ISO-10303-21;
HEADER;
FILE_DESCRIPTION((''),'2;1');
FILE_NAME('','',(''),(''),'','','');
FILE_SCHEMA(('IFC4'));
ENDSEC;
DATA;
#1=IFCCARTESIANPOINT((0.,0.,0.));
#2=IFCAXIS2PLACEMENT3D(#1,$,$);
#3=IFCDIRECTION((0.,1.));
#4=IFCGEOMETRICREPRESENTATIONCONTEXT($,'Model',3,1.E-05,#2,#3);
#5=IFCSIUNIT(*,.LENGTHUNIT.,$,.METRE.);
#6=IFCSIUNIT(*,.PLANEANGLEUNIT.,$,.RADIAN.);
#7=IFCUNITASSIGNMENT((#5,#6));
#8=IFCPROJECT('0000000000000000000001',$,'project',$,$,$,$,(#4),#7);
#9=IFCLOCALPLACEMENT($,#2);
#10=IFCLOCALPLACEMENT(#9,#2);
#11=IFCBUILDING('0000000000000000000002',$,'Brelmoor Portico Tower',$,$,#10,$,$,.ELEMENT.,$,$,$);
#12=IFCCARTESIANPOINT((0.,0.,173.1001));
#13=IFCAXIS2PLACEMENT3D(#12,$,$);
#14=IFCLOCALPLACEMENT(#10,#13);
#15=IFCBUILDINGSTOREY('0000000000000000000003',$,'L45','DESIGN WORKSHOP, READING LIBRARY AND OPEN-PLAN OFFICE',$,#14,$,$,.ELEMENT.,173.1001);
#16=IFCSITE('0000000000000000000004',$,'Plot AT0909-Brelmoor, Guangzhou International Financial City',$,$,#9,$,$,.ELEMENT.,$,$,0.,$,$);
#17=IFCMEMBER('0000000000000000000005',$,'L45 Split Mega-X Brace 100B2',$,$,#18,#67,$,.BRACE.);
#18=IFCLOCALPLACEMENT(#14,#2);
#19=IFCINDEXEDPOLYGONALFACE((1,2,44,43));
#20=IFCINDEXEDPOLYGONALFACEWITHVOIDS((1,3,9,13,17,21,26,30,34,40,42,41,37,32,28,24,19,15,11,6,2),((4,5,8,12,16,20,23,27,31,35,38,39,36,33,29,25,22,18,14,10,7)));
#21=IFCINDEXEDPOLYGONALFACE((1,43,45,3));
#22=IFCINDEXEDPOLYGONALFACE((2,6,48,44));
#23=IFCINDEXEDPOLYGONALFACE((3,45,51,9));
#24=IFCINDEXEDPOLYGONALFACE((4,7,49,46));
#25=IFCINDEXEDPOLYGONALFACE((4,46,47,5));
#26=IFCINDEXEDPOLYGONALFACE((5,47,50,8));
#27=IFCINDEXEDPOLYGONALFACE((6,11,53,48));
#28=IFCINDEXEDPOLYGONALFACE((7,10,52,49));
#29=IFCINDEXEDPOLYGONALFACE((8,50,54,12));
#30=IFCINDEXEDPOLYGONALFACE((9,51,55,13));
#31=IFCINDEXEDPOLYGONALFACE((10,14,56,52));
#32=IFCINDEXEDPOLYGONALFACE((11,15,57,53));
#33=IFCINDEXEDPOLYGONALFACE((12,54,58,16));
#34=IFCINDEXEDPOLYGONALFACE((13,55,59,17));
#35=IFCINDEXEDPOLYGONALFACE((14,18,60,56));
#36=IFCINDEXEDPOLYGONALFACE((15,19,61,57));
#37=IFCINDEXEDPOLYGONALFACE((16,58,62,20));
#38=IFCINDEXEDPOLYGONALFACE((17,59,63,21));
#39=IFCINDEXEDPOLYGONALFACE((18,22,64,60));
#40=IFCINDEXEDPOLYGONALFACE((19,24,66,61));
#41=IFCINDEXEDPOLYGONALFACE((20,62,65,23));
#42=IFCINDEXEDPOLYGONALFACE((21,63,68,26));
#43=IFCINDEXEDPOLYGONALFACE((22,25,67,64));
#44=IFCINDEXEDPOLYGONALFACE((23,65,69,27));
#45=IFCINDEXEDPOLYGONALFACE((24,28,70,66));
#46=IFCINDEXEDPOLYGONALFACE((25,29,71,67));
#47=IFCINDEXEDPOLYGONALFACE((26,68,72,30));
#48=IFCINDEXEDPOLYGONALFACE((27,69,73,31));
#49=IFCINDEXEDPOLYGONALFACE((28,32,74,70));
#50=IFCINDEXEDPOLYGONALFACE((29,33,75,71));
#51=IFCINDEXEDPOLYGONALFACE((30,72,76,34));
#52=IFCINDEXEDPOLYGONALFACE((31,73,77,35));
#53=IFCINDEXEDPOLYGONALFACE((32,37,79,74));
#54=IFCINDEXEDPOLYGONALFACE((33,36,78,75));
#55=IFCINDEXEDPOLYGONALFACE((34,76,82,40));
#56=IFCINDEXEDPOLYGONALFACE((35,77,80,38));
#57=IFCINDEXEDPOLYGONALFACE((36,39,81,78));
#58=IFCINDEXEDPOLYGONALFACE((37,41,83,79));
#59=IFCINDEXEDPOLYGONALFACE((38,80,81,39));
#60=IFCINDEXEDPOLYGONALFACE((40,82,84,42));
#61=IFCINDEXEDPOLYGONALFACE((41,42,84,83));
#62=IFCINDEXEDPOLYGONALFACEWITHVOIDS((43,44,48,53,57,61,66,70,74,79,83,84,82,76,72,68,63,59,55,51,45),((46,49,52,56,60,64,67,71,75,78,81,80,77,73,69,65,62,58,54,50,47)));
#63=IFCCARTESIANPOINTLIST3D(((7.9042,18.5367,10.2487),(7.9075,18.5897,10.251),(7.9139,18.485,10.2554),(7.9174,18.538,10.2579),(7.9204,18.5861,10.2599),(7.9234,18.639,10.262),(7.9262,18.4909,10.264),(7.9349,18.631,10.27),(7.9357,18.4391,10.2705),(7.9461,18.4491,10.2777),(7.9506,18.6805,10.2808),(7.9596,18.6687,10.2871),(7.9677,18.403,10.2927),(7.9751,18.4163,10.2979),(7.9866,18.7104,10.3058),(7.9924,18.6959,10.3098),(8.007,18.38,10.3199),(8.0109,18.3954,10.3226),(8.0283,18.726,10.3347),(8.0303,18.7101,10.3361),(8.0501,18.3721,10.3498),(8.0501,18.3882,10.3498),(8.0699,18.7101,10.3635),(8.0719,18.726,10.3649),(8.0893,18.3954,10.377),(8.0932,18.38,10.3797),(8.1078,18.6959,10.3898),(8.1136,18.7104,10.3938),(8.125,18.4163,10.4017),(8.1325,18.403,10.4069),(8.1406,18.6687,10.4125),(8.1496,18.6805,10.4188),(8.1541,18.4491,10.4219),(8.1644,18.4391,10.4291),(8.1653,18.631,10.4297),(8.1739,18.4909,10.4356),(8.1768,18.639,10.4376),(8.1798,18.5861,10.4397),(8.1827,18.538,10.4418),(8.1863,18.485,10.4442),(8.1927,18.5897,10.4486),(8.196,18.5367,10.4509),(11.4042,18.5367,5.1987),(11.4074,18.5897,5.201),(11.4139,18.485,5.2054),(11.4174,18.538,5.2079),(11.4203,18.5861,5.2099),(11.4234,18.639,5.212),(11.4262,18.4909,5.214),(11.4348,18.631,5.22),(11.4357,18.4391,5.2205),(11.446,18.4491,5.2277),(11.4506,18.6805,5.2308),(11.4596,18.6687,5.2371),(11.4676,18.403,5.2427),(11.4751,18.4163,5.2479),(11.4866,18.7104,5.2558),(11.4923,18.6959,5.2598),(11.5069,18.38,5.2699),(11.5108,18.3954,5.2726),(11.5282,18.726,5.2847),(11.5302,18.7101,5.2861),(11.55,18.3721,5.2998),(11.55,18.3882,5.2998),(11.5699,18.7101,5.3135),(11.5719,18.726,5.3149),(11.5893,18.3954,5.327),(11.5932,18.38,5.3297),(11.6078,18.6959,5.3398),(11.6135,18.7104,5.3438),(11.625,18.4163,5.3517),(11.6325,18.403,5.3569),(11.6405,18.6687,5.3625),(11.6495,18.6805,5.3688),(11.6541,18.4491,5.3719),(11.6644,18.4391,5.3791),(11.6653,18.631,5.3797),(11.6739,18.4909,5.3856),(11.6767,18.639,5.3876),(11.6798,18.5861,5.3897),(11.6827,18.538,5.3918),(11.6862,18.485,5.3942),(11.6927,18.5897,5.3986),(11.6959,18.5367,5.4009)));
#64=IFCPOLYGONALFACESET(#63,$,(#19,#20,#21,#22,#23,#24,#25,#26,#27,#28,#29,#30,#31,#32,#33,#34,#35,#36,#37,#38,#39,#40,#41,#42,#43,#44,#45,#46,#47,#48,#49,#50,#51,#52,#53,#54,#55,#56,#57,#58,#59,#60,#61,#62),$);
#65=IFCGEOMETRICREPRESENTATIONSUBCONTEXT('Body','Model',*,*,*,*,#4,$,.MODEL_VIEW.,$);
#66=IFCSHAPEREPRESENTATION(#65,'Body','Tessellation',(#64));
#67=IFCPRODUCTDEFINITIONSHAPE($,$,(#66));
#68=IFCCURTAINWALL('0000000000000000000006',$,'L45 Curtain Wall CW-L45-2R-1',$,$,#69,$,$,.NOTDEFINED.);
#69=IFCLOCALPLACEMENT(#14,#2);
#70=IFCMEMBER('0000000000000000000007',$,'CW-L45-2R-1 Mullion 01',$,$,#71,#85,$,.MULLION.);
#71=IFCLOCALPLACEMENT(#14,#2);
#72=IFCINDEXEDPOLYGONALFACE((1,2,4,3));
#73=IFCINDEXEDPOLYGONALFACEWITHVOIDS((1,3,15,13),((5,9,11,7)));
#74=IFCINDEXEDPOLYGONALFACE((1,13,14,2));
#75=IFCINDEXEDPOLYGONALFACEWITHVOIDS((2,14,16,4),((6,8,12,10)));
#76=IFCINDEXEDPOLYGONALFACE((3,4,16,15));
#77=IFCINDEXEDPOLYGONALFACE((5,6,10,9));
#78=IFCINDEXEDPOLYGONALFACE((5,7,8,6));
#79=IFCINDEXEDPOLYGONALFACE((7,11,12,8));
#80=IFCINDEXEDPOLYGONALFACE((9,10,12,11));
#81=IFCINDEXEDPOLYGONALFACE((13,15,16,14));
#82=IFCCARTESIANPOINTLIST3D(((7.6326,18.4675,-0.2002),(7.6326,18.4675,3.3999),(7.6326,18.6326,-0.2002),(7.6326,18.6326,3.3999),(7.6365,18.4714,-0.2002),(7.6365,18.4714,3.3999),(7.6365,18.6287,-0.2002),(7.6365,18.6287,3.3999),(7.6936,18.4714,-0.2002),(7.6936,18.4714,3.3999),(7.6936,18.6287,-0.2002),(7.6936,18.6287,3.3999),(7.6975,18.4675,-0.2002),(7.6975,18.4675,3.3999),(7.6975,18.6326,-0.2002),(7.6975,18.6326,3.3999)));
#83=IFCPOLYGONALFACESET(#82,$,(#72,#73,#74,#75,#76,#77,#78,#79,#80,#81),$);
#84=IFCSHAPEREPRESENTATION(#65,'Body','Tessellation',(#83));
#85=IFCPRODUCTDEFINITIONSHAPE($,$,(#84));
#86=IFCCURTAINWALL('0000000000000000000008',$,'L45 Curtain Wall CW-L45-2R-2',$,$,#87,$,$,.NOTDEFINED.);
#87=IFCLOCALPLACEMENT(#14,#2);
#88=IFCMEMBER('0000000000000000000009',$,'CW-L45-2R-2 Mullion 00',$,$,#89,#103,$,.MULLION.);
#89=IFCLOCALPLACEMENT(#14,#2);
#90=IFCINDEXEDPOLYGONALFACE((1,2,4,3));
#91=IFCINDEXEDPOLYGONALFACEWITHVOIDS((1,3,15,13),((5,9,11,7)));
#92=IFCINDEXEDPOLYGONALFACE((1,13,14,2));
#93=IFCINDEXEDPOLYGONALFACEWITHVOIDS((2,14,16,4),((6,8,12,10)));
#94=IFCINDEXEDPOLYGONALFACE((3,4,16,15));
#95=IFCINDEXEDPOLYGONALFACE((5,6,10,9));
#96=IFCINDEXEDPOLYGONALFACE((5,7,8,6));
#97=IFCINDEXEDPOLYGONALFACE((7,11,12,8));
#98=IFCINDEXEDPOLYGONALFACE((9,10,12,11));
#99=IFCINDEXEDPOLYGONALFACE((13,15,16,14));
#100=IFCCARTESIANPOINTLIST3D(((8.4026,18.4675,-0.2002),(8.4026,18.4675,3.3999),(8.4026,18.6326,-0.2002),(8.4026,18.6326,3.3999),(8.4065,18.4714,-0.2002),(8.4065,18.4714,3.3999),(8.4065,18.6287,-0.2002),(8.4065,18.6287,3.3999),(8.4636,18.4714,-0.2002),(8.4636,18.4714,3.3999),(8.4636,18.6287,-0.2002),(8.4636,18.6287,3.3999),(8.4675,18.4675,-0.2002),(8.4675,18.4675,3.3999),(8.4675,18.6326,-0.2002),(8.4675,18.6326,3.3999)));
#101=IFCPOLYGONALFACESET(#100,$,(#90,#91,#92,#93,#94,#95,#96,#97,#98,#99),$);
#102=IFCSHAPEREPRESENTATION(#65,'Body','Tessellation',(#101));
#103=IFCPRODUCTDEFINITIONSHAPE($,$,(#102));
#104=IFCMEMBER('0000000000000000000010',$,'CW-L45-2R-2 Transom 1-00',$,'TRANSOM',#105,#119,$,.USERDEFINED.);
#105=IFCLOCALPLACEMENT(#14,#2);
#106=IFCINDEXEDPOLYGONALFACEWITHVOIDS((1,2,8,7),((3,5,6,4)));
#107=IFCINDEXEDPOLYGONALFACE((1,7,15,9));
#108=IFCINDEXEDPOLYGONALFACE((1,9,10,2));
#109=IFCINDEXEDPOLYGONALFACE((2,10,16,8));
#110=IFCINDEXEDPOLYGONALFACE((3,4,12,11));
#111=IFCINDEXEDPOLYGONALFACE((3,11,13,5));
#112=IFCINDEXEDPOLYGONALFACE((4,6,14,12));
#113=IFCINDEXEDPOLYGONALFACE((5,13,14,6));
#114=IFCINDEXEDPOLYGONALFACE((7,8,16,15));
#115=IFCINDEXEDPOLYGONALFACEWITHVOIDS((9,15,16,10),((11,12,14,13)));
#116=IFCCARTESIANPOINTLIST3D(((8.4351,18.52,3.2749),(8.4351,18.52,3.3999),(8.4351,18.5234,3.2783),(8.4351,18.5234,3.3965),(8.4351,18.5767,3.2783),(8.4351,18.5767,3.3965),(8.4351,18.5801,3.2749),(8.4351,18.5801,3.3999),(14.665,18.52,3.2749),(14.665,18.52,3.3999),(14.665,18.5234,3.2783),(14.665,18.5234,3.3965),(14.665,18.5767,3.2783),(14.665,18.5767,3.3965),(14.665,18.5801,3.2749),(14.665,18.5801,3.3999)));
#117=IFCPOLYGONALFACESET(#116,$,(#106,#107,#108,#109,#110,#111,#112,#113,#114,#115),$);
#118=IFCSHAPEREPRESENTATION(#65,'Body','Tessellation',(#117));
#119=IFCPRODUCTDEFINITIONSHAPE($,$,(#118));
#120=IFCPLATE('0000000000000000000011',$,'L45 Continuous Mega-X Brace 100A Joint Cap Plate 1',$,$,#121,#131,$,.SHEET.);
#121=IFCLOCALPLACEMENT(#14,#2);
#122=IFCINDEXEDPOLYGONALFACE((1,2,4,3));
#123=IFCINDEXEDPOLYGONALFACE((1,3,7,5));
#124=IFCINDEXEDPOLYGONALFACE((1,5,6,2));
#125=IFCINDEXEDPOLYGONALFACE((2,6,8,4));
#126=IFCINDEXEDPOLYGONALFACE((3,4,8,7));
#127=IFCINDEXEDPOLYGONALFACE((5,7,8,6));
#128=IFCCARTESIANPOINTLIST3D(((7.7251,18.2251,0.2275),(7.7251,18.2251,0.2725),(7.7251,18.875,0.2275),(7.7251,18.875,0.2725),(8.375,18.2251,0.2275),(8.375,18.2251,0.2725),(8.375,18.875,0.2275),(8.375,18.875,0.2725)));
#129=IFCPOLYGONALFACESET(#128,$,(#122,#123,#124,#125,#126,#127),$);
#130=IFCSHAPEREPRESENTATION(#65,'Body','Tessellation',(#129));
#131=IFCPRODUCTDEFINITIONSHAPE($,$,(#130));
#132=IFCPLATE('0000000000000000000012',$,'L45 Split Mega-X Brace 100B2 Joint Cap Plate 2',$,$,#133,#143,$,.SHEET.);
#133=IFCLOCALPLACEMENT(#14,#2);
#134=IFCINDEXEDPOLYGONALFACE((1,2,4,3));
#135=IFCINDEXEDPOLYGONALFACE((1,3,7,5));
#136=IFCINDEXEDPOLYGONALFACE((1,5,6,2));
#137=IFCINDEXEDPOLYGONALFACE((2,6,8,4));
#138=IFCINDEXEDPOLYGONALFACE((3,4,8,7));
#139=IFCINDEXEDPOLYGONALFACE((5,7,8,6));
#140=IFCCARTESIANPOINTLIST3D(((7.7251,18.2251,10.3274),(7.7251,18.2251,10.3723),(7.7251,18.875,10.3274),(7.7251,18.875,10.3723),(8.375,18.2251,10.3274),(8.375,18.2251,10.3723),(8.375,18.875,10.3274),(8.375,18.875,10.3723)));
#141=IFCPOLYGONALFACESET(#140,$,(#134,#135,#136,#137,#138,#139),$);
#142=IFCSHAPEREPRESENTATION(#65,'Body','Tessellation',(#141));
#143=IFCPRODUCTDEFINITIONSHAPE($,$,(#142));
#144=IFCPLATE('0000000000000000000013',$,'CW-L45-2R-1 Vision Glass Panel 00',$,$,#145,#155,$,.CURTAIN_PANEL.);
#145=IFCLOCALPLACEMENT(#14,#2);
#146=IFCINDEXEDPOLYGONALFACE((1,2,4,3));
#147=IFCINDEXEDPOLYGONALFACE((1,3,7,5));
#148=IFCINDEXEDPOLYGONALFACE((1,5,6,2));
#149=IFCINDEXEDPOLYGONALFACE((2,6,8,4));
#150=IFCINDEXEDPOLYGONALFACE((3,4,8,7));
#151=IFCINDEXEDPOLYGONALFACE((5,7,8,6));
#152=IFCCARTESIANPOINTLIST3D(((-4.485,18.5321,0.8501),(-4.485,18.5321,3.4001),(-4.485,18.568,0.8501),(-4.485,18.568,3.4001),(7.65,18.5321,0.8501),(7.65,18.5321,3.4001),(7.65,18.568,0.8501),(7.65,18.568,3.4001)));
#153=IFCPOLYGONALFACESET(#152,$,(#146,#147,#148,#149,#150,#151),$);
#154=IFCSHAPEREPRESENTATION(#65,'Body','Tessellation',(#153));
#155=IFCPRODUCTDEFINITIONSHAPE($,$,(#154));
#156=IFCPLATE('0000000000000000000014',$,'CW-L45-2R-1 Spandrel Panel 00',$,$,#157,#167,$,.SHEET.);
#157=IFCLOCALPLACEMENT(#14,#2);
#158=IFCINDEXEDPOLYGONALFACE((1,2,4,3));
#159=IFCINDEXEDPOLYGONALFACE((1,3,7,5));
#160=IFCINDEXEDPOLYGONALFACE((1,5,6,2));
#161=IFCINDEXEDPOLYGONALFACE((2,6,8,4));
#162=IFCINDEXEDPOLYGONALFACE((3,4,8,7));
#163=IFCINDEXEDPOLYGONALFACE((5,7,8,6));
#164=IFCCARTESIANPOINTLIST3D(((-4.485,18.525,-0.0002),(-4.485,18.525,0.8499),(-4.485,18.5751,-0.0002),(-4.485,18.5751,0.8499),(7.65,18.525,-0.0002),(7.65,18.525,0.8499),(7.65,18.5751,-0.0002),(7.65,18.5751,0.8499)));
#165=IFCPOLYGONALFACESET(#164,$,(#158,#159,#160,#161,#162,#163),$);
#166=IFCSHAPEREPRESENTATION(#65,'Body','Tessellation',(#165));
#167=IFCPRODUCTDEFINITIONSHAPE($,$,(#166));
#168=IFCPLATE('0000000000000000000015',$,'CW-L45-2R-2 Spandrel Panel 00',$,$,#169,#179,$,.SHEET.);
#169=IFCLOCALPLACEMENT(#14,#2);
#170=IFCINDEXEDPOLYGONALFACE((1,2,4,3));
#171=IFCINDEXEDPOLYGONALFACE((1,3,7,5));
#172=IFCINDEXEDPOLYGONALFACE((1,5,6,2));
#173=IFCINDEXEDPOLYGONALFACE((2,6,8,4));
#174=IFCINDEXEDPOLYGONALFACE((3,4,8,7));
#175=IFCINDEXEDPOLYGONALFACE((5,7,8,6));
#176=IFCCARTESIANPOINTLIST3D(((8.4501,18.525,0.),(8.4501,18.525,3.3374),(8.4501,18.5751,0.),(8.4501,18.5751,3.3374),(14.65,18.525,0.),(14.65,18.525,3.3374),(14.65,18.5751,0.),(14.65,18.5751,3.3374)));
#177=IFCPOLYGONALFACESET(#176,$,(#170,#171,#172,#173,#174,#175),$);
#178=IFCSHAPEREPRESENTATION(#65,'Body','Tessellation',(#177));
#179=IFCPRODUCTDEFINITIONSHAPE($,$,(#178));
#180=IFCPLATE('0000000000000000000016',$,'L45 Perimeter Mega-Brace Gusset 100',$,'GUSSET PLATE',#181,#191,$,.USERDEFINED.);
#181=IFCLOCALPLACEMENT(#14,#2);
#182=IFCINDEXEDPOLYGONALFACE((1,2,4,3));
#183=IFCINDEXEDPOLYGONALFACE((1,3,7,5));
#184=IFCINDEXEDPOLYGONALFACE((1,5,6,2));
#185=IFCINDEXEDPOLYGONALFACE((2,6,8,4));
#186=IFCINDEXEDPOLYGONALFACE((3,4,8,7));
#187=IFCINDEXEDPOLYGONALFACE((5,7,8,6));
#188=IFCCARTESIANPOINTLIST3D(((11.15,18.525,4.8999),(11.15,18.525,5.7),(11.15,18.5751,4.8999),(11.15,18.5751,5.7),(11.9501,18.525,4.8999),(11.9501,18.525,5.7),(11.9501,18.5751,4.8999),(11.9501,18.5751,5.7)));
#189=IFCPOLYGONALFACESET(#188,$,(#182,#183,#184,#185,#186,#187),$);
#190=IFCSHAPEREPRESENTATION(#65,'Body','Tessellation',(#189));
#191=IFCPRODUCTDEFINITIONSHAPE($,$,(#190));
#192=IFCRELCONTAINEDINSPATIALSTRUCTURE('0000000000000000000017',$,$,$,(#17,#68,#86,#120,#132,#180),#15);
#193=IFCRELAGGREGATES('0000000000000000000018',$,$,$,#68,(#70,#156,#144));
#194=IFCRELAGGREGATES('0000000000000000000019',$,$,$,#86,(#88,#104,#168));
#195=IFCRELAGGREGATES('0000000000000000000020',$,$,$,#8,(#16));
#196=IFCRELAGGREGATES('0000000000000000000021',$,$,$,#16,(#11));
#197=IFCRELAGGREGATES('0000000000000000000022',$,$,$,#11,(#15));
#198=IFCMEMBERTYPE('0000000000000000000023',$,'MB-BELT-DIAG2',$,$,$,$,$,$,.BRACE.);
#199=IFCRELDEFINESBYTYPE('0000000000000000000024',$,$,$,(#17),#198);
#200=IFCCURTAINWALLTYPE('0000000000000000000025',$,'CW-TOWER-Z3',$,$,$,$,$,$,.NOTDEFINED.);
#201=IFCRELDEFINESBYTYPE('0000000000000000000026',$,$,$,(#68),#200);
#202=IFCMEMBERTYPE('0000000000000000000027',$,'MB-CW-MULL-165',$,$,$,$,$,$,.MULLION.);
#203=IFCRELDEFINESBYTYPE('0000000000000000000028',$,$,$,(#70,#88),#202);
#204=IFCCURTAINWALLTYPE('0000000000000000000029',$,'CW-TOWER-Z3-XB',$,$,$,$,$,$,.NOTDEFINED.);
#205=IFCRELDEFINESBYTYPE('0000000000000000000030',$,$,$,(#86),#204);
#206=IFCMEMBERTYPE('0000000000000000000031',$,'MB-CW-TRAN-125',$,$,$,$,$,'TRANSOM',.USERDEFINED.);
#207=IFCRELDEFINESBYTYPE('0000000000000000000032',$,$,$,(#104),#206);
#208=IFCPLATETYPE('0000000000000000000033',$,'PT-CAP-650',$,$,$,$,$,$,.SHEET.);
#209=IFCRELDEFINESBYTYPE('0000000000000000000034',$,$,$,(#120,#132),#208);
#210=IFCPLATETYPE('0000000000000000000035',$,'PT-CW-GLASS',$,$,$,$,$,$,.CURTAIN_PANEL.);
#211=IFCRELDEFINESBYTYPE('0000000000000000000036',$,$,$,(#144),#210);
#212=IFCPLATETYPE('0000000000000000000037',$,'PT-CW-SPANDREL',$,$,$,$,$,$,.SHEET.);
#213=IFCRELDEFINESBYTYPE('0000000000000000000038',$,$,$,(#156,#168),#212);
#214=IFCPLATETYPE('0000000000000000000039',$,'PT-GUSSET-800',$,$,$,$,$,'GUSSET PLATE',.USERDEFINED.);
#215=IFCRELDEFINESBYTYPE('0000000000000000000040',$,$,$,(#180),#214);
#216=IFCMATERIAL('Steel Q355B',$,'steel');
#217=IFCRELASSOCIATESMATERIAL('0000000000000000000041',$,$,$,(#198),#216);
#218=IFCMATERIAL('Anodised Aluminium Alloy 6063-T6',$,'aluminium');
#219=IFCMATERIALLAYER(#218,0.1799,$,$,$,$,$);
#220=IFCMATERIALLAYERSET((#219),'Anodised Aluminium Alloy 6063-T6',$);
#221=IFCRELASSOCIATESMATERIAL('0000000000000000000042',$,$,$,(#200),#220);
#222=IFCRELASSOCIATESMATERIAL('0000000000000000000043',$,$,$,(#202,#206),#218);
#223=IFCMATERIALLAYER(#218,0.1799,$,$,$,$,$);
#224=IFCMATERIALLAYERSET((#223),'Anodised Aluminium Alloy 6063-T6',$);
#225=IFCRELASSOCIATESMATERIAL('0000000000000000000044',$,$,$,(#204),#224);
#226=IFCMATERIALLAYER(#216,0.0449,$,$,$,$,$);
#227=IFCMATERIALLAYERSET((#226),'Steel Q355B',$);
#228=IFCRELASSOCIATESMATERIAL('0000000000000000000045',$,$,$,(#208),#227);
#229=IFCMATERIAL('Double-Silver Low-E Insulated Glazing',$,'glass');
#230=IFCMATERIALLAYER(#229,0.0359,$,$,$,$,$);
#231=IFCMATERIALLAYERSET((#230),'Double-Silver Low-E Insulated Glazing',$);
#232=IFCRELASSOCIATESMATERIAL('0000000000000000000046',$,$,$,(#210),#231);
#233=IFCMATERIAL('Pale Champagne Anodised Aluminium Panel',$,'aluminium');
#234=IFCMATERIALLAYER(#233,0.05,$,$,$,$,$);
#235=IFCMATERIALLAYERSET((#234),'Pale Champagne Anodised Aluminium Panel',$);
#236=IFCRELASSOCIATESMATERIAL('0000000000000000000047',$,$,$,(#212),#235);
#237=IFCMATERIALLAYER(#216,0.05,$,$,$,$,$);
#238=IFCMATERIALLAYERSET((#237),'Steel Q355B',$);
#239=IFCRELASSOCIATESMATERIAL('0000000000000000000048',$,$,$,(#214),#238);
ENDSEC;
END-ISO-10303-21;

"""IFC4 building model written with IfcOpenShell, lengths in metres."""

from ifc_helpers import new_model, si_unit, direction, frame, origin, origin_2d, place, context, subcontext, project, spatial, rectangle, hollow_rectangle, hollow_circle, extrude, material, layer, layer_set, material_profile, profile_set, type_object, element, aggregate, save


model = new_model("IFC4")

# Units and contexts
model_context = context("Model", 3, precision=1e-05, world=origin(), true_north=direction((0.0, 1.0)))
body_context = subcontext(model_context, "Body", "Model", "MODEL_VIEW")
ifc_project = project(units=[si_unit("LENGTHUNIT", "METRE"), si_unit("PLANEANGLEUNIT", "RADIAN")], contexts=[model_context])

# Site, building, storey
site_placement = place(None, origin())
site = spatial("IfcSite", under=ifc_project, at=site_placement, Name="Plot AT0909-Brelmoor, Guangzhou International Financial City", CompositionType="ELEMENT", RefElevation=0.0)
building_placement = place(site_placement, origin())
building = spatial("IfcBuilding", under=site, at=building_placement, Name="Brelmoor Portico Tower", CompositionType="ELEMENT")
storey_placement = place(building_placement, frame((0.0, 0.0, 173.1001)))
storey = spatial("IfcBuildingStorey", under=building, at=storey_placement, Name="L45", Description="DESIGN WORKSHOP, READING LIBRARY AND OPEN-PLAN OFFICE", CompositionType="ELEMENT", Elevation=173.1001)

# Shared definitions
ifc_material_1 = material(Name="Steel Q355B", Category="steel")

# Member
ifc_material_profile_1 = material_profile(ifc_material_1, hollow_circle(Radius=0.178, WallThickness=0.0161, at=origin_2d()), Name="CHS 356x16")
ifc_profile_set_1 = profile_set([ifc_material_profile_1], Name="Steel Q355B")
member_type_1 = type_object("IfcMemberType", Name="MB-BELT-DIAG2", PredefinedType="BRACE", material=ifc_profile_set_1)
member_1_placement = place(storey_placement, frame((11.55, 18.55, 5.2998), z_axis=(-0.569629, 0.0, 0.821902), x_axis=(0.0, -1.0, 0.0)))
element("IfcMember", 1, at=member_1_placement, inside=storey, type_object=member_type_1, Name="L45 Split Mega-X Brace 100B2", PredefinedType="BRACE", context=body_context, shape_type="SweptSolid", body=[
    extrude(hollow_circle(Radius=0.178, WallThickness=0.0161, at=origin_2d()), origin(), (0.0, 0.0, 1.0), 6.1443),
])

# Curtain wall, member
ifc_material_2 = material(Name="Anodised Aluminium Alloy 6063-T6", Category="aluminium")
ifc_layer_1 = layer(ifc_material_2, 0.1799)
ifc_layer_set_1 = layer_set([ifc_layer_1], Name="Anodised Aluminium Alloy 6063-T6")
curtain_wall_type_1 = type_object("IfcCurtainWallType", Name="CW-TOWER-Z3", PredefinedType="NOTDEFINED", material=ifc_layer_set_1)
curtain_wall_1_placement = place(storey_placement, origin())
curtain_wall_1 = element("IfcCurtainWall", 2, at=curtain_wall_1_placement, inside=storey, type_object=curtain_wall_type_1, Name="L45 Curtain Wall CW-L45-2R-1", PredefinedType="NOTDEFINED")
ifc_material_profile_2 = material_profile(ifc_material_2, hollow_rectangle(XDim=0.0649, YDim=0.165, WallThickness=0.0039, at=origin_2d()), Name="ALU MULLION 65x165")
ifc_profile_set_2 = profile_set([ifc_material_profile_2], Name="Anodised Aluminium Alloy 6063-T6")
member_type_2 = type_object("IfcMemberType", Name="MB-CW-MULL-165", PredefinedType="MULLION", material=ifc_profile_set_2)
member_2_placement = place(storey_placement, frame((7.665, 18.55, -0.2002), z_axis=(0.0, 0.0, 1.0), x_axis=(1.0, 0.0, 0.0)))
member_2 = element("IfcMember", 3, at=member_2_placement, type_object=member_type_2, Name="CW-L45-2R-1 Mullion 01", PredefinedType="MULLION", context=body_context, shape_type="SweptSolid", body=[
    extrude(hollow_rectangle(XDim=0.0649, YDim=0.165, WallThickness=0.0039, at=origin_2d()), origin(), (0.0, 0.0, 1.0), 3.6001),
])

# Curtain wall, members
ifc_layer_2 = layer(ifc_material_2, 0.1799)
ifc_layer_set_2 = layer_set([ifc_layer_2], Name="Anodised Aluminium Alloy 6063-T6")
curtain_wall_type_2 = type_object("IfcCurtainWallType", Name="CW-TOWER-Z3-XB", PredefinedType="NOTDEFINED", material=ifc_layer_set_2)
curtain_wall_2_placement = place(storey_placement, origin())
curtain_wall_2 = element("IfcCurtainWall", 4, at=curtain_wall_2_placement, inside=storey, type_object=curtain_wall_type_2, Name="L45 Curtain Wall CW-L45-2R-2", PredefinedType="NOTDEFINED")
member_3_placement = place(storey_placement, frame((8.4351, 18.55, -0.2002), z_axis=(0.0, 0.0, 1.0), x_axis=(1.0, 0.0, 0.0)))
member_3 = element("IfcMember", 5, at=member_3_placement, type_object=member_type_2, Name="CW-L45-2R-2 Mullion 00", PredefinedType="MULLION", context=body_context, shape_type="SweptSolid", body=[
    extrude(hollow_rectangle(XDim=0.0649, YDim=0.165, WallThickness=0.0039, at=origin_2d()), origin(), (0.0, 0.0, 1.0), 3.6001),
])
ifc_material_profile_3 = material_profile(ifc_material_2, hollow_rectangle(XDim=0.0601, YDim=0.125, WallThickness=0.0034, at=origin_2d()), Name="ALU TRANSOM 60x125")
ifc_profile_set_3 = profile_set([ifc_material_profile_3], Name="Anodised Aluminium Alloy 6063-T6")
member_type_3 = type_object("IfcMemberType", Name="MB-CW-TRAN-125", ElementType="TRANSOM", PredefinedType="USERDEFINED", material=ifc_profile_set_3)
member_4_placement = place(storey_placement, frame((8.4351, 18.55, 3.3374), z_axis=(1.0, 0.0, 0.0), x_axis=(0.0, 1.0, 0.0)))
member_4 = element("IfcMember", 6, at=member_4_placement, type_object=member_type_3, Name="CW-L45-2R-2 Transom 1-00", ObjectType="TRANSOM", PredefinedType="USERDEFINED", context=body_context, shape_type="SweptSolid", body=[
    extrude(hollow_rectangle(XDim=0.0601, YDim=0.125, WallThickness=0.0034, at=origin_2d()), origin(), (0.0, 0.0, 1.0), 6.23),
])

# Plates
ifc_layer_3 = layer(ifc_material_1, 0.0449)
ifc_layer_set_3 = layer_set([ifc_layer_3], Name="Steel Q355B")
plate_type_1 = type_object("IfcPlateType", Name="PT-CAP-650", PredefinedType="SHEET", material=ifc_layer_set_3)
for number, where, z_axis, x_axis, name in (
    (7, (8.05, 18.55, 0.2275), (0.0, 0.0, 1.0), (1.0, 0.0, 0.0), "L45 Continuous Mega-X Brace 100A Joint Cap Plate 1"),
    (8, (8.05, 18.55, 10.3274), (0.0, 0.0, 1.0), (1.0, 0.0, 0.0), "L45 Split Mega-X Brace 100B2 Joint Cap Plate 2"),
):
    element("IfcPlate", number, at=place(storey_placement, frame(where, z_axis=z_axis, x_axis=x_axis)), inside=storey, type_object=plate_type_1, Name=name, PredefinedType="SHEET", context=body_context, shape_type="SweptSolid", body=[
        extrude(rectangle(XDim=0.6499, YDim=0.6499, at=origin_2d()), origin(), (0.0, 0.0, 1.0), 0.0449),
    ])

# Plates
ifc_material_3 = material(Name="Double-Silver Low-E Insulated Glazing", Category="glass")
ifc_layer_4 = layer(ifc_material_3, 0.0359)
ifc_layer_set_4 = layer_set([ifc_layer_4], Name="Double-Silver Low-E Insulated Glazing")
plate_type_2 = type_object("IfcPlateType", Name="PT-CW-GLASS", PredefinedType="CURTAIN_PANEL", material=ifc_layer_set_4)
plate_1_placement = place(storey_placement, frame((1.5825, 18.55, 0.8501), z_axis=(0.0, 0.0, 1.0), x_axis=(1.0, 0.0, 0.0)))
plate_1 = element("IfcPlate", 9, at=plate_1_placement, type_object=plate_type_2, Name="CW-L45-2R-1 Vision Glass Panel 00", PredefinedType="CURTAIN_PANEL", context=body_context, shape_type="SweptSolid", body=[
    extrude(rectangle(XDim=12.135, YDim=0.0359, at=origin_2d()), origin(), (0.0, 0.0, 1.0), 2.55),
])
ifc_material_4 = material(Name="Pale Champagne Anodised Aluminium Panel", Category="aluminium")
ifc_layer_5 = layer(ifc_material_4, 0.05)
ifc_layer_set_5 = layer_set([ifc_layer_5], Name="Pale Champagne Anodised Aluminium Panel")
plate_type_3 = type_object("IfcPlateType", Name="PT-CW-SPANDREL", PredefinedType="SHEET", material=ifc_layer_set_5)
plate_2_placement = place(storey_placement, frame((1.5825, 18.55, -0.0002), z_axis=(0.0, 0.0, 1.0), x_axis=(1.0, 0.0, 0.0)))
plate_2 = element("IfcPlate", 10, at=plate_2_placement, type_object=plate_type_3, Name="CW-L45-2R-1 Spandrel Panel 00", PredefinedType="SHEET", context=body_context, shape_type="SweptSolid", body=[
    extrude(rectangle(XDim=12.135, YDim=0.05, at=origin_2d()), origin(), (0.0, 0.0, 1.0), 0.8501),
])
aggregate(curtain_wall_1, [member_2, plate_2, plate_1])
plate_3_placement = place(storey_placement, frame((11.55, 18.55, 0.0), z_axis=(0.0, 0.0, 1.0), x_axis=(1.0, 0.0, 0.0)))
plate_3 = element("IfcPlate", 11, at=plate_3_placement, type_object=plate_type_3, Name="CW-L45-2R-2 Spandrel Panel 00", PredefinedType="SHEET", context=body_context, shape_type="SweptSolid", body=[
    extrude(rectangle(XDim=6.2, YDim=0.05, at=origin_2d()), origin(), (0.0, 0.0, 1.0), 3.3374),
])
aggregate(curtain_wall_2, [member_3, member_4, plate_3])

# Plate
ifc_layer_6 = layer(ifc_material_1, 0.05)
ifc_layer_set_6 = layer_set([ifc_layer_6], Name="Steel Q355B")
plate_type_4 = type_object("IfcPlateType", Name="PT-GUSSET-800", ElementType="GUSSET PLATE", PredefinedType="USERDEFINED", material=ifc_layer_set_6)
plate_4_placement = place(storey_placement, frame((11.55, 18.55, 4.8999), z_axis=(0.0, 0.0, 1.0), x_axis=(1.0, 0.0, 0.0)))
element("IfcPlate", 12, at=plate_4_placement, inside=storey, type_object=plate_type_4, Name="L45 Perimeter Mega-Brace Gusset 100", ObjectType="GUSSET PLATE", PredefinedType="USERDEFINED", context=body_context, shape_type="SweptSolid", body=[
    extrude(rectangle(XDim=0.8, YDim=0.05, at=origin_2d()), origin(), (0.0, 0.0, 1.0), 0.8),
])

save(model, "model.ifc")
